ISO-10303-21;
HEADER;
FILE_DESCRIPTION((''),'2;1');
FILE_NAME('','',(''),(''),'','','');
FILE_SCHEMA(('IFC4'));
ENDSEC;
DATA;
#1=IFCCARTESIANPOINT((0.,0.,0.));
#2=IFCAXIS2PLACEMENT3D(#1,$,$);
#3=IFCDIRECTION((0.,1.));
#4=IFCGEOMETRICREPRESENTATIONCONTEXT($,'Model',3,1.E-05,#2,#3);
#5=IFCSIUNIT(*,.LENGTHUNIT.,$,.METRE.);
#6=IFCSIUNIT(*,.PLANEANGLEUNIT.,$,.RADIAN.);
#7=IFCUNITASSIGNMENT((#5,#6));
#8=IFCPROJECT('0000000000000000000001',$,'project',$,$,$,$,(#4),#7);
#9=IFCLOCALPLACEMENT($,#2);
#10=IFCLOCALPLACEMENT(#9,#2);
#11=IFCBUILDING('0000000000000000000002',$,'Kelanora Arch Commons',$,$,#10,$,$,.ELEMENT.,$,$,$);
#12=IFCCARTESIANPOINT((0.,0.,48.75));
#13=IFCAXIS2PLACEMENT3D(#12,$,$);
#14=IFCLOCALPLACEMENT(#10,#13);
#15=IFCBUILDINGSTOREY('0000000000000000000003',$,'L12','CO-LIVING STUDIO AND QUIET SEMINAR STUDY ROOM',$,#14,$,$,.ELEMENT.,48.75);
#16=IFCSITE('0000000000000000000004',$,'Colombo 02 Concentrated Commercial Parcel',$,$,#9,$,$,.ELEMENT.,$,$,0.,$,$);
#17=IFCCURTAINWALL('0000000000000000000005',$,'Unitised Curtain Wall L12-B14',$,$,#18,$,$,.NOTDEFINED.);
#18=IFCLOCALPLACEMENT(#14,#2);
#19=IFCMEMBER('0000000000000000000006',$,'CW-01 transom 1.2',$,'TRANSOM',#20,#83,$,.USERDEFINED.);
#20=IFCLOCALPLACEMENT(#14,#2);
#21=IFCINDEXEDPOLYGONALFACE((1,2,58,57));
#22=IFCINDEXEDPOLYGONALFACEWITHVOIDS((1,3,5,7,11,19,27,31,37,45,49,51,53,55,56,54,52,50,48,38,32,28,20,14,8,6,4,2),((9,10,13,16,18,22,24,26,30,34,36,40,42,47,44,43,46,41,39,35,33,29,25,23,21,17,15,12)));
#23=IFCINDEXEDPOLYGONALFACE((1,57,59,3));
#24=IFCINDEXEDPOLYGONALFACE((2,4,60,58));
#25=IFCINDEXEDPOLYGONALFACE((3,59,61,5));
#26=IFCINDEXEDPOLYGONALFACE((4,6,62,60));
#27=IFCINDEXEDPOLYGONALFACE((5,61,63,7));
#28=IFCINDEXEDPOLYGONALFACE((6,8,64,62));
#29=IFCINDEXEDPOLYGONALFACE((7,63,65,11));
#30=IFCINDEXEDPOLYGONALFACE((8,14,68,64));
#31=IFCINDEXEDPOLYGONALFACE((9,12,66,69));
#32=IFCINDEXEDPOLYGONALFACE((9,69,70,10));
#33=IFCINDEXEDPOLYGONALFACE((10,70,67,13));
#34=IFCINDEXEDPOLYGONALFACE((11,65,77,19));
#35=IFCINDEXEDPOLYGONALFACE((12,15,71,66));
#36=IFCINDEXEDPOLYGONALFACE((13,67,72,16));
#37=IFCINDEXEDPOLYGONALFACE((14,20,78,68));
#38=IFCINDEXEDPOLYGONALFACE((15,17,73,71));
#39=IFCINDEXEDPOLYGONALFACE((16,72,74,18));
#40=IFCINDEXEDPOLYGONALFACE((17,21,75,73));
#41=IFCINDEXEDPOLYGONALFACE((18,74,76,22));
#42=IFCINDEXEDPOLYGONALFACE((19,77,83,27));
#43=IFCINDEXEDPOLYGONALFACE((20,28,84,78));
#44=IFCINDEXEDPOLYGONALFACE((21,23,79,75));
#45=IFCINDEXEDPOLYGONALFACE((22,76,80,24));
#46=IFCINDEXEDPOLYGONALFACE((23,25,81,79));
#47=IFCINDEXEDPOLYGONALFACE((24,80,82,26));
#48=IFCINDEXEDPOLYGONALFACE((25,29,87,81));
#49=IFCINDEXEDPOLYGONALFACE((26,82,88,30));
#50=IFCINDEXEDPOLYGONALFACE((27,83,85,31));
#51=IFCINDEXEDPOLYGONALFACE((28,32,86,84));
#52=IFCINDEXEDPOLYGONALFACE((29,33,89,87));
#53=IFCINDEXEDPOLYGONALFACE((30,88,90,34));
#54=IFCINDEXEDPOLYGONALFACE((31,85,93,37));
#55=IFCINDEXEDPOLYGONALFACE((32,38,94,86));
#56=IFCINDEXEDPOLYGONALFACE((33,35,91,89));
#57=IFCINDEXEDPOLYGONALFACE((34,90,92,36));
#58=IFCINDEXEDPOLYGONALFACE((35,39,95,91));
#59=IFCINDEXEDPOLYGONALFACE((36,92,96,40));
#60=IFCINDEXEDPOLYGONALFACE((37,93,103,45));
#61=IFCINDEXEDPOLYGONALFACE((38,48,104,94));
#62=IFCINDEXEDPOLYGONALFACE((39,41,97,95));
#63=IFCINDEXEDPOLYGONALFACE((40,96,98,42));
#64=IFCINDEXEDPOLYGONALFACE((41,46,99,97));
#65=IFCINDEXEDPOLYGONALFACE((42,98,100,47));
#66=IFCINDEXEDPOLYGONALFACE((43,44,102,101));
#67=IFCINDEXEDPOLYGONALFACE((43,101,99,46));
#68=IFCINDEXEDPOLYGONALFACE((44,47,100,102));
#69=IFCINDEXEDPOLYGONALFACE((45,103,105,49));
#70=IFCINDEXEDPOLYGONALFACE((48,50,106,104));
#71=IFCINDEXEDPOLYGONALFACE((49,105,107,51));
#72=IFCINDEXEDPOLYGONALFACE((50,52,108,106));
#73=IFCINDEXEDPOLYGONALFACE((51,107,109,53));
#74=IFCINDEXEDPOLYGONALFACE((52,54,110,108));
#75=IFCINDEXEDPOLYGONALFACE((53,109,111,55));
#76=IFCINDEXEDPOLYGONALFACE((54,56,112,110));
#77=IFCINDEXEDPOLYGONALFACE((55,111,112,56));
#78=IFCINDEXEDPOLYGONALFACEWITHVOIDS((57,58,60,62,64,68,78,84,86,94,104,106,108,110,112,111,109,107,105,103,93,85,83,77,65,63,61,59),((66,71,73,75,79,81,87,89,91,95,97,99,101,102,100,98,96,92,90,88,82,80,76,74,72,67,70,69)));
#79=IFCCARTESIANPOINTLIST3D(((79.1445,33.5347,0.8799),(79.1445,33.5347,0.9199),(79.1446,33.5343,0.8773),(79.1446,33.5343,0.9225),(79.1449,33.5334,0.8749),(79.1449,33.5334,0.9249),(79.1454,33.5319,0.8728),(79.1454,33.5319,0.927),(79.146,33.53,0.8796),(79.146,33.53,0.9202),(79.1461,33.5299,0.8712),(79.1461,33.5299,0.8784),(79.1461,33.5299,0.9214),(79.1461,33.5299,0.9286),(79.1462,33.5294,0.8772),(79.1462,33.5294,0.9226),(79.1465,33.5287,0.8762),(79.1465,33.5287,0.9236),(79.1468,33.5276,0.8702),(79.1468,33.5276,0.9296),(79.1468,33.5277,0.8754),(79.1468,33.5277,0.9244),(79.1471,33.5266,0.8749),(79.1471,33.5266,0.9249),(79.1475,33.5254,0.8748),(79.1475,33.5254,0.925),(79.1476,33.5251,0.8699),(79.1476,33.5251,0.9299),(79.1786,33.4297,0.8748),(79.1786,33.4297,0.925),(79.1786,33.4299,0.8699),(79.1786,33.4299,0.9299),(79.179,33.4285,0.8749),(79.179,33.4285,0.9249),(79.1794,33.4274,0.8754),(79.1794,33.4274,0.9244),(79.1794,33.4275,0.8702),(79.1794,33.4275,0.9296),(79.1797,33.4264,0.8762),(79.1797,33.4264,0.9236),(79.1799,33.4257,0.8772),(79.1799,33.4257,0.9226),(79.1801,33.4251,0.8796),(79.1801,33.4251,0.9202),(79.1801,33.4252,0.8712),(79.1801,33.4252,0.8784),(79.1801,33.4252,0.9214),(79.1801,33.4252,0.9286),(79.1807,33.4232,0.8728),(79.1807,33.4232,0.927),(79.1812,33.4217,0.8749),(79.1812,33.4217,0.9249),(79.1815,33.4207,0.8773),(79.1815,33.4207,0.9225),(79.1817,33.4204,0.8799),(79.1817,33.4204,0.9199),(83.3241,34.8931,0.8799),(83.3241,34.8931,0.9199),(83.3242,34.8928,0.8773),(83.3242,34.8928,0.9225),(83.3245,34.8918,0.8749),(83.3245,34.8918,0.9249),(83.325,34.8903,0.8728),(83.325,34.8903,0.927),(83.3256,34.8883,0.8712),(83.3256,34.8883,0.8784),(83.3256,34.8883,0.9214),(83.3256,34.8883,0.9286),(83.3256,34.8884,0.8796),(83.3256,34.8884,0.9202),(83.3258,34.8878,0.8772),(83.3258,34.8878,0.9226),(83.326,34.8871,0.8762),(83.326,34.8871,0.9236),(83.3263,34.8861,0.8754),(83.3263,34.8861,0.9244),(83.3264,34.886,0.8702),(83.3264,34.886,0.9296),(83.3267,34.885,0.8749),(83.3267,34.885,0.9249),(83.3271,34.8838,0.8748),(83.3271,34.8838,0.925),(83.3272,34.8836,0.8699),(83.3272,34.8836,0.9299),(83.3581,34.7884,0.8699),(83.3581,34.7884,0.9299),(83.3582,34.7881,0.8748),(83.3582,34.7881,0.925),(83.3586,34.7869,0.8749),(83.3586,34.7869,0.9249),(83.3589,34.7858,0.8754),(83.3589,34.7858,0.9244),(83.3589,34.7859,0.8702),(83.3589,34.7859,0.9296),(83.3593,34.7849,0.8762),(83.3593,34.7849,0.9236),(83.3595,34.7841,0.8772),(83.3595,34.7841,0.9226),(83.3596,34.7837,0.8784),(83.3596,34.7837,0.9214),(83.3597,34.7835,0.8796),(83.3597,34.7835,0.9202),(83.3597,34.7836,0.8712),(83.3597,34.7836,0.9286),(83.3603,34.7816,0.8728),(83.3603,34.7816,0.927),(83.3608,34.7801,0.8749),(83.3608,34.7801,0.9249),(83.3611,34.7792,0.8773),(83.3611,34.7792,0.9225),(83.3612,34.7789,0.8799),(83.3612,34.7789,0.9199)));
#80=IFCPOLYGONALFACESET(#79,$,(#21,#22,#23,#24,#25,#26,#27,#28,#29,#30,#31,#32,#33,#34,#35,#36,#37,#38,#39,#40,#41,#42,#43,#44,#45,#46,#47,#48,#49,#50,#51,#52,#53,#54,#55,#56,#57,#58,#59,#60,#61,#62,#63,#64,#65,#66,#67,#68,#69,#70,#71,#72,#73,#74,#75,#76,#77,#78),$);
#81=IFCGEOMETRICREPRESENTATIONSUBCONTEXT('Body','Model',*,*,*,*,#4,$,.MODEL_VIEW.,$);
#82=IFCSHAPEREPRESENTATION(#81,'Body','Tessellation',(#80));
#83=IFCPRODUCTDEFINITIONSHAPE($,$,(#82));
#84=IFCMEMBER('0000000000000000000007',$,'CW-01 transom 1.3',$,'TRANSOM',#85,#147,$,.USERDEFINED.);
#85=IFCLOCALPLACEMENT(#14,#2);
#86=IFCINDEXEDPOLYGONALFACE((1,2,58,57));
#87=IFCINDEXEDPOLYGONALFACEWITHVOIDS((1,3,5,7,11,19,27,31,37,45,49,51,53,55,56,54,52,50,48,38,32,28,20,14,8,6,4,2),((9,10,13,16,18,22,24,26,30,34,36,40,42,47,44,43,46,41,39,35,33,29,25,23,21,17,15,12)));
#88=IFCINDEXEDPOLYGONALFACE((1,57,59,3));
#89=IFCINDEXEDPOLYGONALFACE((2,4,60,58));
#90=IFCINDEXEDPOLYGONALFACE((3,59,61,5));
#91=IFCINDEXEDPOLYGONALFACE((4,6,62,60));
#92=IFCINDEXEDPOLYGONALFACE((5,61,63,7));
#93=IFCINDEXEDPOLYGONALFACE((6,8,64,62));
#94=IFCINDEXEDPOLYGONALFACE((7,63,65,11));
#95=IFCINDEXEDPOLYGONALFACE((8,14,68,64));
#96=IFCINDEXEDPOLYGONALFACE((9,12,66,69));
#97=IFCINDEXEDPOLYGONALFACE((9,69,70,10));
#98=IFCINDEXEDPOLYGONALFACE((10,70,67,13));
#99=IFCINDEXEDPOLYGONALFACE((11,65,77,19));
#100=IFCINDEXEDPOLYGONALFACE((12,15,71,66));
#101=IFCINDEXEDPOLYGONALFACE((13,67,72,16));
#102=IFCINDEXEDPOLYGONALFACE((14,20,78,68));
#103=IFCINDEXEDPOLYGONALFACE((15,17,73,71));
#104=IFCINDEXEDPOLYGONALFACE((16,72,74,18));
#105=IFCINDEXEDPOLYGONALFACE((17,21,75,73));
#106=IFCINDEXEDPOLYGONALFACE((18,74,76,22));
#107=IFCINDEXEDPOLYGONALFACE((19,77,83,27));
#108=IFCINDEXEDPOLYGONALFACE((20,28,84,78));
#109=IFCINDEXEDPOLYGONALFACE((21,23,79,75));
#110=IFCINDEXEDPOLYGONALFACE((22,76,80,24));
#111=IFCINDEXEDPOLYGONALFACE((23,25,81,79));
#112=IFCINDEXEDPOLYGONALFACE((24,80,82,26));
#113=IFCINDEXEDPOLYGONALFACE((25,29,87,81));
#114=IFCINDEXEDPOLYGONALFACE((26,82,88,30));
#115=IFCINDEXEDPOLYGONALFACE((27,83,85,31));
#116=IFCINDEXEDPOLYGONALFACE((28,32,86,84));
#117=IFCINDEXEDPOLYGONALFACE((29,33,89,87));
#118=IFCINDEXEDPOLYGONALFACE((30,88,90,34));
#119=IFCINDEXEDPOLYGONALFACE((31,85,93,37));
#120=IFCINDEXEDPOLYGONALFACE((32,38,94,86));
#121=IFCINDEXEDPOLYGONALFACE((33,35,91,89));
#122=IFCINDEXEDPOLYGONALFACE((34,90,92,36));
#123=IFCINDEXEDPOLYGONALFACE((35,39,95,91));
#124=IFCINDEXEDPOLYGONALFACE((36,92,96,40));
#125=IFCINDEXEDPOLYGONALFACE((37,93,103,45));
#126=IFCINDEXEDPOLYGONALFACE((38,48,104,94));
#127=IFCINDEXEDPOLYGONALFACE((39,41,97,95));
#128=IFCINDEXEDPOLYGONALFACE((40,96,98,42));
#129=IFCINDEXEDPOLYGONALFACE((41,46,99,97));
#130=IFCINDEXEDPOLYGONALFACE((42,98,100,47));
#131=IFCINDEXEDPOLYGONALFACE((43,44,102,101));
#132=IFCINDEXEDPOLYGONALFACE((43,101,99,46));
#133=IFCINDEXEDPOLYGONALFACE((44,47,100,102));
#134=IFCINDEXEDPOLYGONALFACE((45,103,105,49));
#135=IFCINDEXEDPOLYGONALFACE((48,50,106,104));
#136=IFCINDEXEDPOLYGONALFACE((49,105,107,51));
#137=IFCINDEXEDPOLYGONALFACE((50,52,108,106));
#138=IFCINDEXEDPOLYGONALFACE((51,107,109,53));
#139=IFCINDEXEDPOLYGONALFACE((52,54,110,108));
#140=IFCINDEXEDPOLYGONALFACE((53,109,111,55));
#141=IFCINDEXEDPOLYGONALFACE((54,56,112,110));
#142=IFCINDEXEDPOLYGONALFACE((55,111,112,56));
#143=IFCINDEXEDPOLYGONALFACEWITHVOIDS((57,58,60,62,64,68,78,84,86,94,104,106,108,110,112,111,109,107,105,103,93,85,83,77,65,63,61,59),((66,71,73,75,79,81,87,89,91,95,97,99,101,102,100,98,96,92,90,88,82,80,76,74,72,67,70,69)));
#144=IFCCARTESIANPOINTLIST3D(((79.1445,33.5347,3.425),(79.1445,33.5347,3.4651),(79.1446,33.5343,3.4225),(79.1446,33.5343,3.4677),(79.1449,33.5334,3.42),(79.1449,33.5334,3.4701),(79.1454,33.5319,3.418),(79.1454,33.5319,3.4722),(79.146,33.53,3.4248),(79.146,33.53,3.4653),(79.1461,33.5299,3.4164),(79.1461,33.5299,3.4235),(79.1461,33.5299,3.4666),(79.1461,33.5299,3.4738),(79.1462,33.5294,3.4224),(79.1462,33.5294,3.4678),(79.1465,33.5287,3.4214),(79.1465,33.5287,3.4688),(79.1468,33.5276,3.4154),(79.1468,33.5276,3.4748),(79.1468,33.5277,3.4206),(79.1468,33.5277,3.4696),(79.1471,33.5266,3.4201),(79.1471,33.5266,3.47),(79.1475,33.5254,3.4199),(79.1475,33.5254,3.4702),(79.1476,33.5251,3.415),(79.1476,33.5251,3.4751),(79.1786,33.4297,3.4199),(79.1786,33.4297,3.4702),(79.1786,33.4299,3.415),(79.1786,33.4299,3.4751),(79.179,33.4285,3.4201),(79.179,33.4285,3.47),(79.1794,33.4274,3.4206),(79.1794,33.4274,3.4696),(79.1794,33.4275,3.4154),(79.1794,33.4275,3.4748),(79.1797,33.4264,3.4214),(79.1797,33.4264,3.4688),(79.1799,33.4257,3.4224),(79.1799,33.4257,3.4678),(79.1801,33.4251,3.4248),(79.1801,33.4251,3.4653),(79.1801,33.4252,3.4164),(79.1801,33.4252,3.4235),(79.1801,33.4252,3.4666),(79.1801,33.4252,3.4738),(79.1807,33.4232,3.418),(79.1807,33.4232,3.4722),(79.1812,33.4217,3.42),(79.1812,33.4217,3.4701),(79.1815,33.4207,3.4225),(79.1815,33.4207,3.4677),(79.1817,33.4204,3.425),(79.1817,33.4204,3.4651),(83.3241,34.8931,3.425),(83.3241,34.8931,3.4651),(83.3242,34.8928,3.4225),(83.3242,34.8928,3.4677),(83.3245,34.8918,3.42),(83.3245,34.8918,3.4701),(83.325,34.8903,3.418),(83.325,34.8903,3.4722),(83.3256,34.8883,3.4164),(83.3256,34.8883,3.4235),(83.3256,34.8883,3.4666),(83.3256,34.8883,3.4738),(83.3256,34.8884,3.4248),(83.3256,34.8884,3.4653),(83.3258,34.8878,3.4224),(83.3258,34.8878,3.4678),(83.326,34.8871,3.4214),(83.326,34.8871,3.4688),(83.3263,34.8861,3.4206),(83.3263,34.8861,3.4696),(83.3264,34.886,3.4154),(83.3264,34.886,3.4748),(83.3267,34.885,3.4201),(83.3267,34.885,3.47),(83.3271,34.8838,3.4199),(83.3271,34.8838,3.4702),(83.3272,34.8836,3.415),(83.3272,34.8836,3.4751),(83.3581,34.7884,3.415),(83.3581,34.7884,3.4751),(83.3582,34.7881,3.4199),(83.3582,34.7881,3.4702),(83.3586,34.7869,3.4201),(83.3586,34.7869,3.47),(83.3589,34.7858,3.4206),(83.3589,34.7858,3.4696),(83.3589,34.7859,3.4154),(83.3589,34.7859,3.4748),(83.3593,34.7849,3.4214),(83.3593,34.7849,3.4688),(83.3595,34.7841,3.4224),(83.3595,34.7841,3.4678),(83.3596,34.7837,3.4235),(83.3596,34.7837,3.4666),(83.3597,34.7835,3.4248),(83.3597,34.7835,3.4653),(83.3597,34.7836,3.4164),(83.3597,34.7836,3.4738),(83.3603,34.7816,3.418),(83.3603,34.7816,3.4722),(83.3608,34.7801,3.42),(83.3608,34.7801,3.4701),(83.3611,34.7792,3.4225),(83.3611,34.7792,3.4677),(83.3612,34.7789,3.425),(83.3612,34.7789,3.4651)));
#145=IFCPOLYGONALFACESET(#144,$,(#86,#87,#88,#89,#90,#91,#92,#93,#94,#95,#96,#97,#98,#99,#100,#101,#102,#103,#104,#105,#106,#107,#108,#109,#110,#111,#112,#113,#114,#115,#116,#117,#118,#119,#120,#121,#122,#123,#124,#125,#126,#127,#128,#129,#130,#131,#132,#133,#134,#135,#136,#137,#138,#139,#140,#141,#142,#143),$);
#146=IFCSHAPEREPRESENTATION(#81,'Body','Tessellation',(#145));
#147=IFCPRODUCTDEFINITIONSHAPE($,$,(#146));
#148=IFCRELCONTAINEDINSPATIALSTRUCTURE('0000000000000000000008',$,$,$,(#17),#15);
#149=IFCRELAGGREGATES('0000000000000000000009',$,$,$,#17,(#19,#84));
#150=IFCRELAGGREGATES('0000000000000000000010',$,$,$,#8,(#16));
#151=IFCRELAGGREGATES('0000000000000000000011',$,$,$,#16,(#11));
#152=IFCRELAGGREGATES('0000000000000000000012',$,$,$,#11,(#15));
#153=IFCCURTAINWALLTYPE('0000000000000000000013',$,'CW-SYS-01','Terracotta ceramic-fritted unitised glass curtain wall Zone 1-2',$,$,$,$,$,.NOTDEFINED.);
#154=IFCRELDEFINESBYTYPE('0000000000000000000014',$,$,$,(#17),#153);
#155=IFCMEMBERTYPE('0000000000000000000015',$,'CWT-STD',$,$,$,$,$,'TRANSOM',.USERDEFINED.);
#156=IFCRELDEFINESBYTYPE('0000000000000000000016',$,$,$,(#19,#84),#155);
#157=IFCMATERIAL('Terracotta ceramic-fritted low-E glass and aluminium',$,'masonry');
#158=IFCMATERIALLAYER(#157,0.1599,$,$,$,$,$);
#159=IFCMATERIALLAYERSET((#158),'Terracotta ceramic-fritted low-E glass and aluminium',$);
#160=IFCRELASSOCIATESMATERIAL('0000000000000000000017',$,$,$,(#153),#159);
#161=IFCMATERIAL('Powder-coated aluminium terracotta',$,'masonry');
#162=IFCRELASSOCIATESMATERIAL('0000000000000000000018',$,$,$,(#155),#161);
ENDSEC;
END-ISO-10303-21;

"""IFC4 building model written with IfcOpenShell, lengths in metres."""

from ifc_helpers import new_model, si_unit, direction, frame, origin, origin_2d, place, context, subcontext, project, spatial, hollow_rectangle, extrude, material, layer, layer_set, material_profile, profile_set, type_object, element, aggregate, save


model = new_model("IFC4")

# Units and contexts
model_context = context("Model", 3, precision=1e-05, world=origin(), true_north=direction((0.0, 1.0)))
body_context = subcontext(model_context, "Body", "Model", "MODEL_VIEW")
ifc_project = project(units=[si_unit("LENGTHUNIT", "METRE"), si_unit("PLANEANGLEUNIT", "RADIAN")], contexts=[model_context])

# Site, building, storey
site_placement = place(None, origin())
site = spatial("IfcSite", under=ifc_project, at=site_placement, Name="Colombo 02 Concentrated Commercial Parcel", CompositionType="ELEMENT", RefElevation=0.0)
building_placement = place(site_placement, origin())
building = spatial("IfcBuilding", under=site, at=building_placement, Name="Kelanora Arch Commons", CompositionType="ELEMENT")
storey_placement = place(building_placement, frame((0.0, 0.0, 48.75)))
storey = spatial("IfcBuildingStorey", under=building, at=storey_placement, Name="L12", Description="CO-LIVING STUDIO AND QUIET SEMINAR STUDY ROOM", CompositionType="ELEMENT", Elevation=48.75)

# Curtain wall, members
ifc_material_1 = material(Name="Terracotta ceramic-fritted low-E glass and aluminium", Category="masonry")
ifc_layer_1 = layer(ifc_material_1, 0.1599)
ifc_layer_set_1 = layer_set([ifc_layer_1], Name="Terracotta ceramic-fritted low-E glass and aluminium")
curtain_wall_type = type_object("IfcCurtainWallType", Name="CW-SYS-01", Description="Terracotta ceramic-fritted unitised glass curtain wall Zone 1-2", PredefinedType="NOTDEFINED", material=ifc_layer_set_1)
curtain_wall_placement = place(storey_placement, origin())
curtain_wall = element("IfcCurtainWall", 1, at=curtain_wall_placement, inside=storey, type_object=curtain_wall_type, Name="Unitised Curtain Wall L12-B14", PredefinedType="NOTDEFINED")
ifc_material_2 = material(Name="Powder-coated aluminium terracotta", Category="masonry")
ifc_material_profile_1 = material_profile(ifc_material_2, hollow_rectangle(XDim=0.1201, YDim=0.0601, WallThickness=0.0049, InnerFilletRadius=0.0049, OuterFilletRadius=0.01, at=origin_2d()), Name="CWT120x60")
ifc_profile_set_1 = profile_set([ifc_material_profile_1], Name="Powder-coated aluminium terracotta")
member_type_1 = type_object("IfcMemberType", Name="CWT-STD", ElementType="TRANSOM", PredefinedType="USERDEFINED", material=ifc_profile_set_1)
member_1_placement = place(storey_placement, frame((79.1631, 33.4775, 0.8999), z_axis=(0.951029, 0.309102, 0.0), x_axis=(-0.309102, 0.951029, 0.0)))
member_1 = element("IfcMember", 2, at=member_1_placement, type_object=member_type_1, Name="CW-01 transom 1.2", ObjectType="TRANSOM", PredefinedType="USERDEFINED", context=body_context, shape_type="SweptSolid", body=[
    extrude(hollow_rectangle(XDim=0.1201, YDim=0.0601, WallThickness=0.0049, InnerFilletRadius=0.0049, OuterFilletRadius=0.01, at=origin_2d()), origin(), (0.0, 0.0, 1.0), 4.3948),
])
member_2_placement = place(storey_placement, frame((79.1631, 33.4775, 3.4451), z_axis=(0.951029, 0.309102, 0.0), x_axis=(-0.309102, 0.951029, 0.0)))
member_2 = element("IfcMember", 3, at=member_2_placement, type_object=member_type_1, Name="CW-01 transom 1.3", ObjectType="TRANSOM", PredefinedType="USERDEFINED", context=body_context, shape_type="SweptSolid", body=[
    extrude(hollow_rectangle(XDim=0.1201, YDim=0.0601, WallThickness=0.0049, InnerFilletRadius=0.0049, OuterFilletRadius=0.01, at=origin_2d()), origin(), (0.0, 0.0, 1.0), 4.3948),
])
aggregate(curtain_wall, [member_1, member_2])

save(model, "model.ifc")
